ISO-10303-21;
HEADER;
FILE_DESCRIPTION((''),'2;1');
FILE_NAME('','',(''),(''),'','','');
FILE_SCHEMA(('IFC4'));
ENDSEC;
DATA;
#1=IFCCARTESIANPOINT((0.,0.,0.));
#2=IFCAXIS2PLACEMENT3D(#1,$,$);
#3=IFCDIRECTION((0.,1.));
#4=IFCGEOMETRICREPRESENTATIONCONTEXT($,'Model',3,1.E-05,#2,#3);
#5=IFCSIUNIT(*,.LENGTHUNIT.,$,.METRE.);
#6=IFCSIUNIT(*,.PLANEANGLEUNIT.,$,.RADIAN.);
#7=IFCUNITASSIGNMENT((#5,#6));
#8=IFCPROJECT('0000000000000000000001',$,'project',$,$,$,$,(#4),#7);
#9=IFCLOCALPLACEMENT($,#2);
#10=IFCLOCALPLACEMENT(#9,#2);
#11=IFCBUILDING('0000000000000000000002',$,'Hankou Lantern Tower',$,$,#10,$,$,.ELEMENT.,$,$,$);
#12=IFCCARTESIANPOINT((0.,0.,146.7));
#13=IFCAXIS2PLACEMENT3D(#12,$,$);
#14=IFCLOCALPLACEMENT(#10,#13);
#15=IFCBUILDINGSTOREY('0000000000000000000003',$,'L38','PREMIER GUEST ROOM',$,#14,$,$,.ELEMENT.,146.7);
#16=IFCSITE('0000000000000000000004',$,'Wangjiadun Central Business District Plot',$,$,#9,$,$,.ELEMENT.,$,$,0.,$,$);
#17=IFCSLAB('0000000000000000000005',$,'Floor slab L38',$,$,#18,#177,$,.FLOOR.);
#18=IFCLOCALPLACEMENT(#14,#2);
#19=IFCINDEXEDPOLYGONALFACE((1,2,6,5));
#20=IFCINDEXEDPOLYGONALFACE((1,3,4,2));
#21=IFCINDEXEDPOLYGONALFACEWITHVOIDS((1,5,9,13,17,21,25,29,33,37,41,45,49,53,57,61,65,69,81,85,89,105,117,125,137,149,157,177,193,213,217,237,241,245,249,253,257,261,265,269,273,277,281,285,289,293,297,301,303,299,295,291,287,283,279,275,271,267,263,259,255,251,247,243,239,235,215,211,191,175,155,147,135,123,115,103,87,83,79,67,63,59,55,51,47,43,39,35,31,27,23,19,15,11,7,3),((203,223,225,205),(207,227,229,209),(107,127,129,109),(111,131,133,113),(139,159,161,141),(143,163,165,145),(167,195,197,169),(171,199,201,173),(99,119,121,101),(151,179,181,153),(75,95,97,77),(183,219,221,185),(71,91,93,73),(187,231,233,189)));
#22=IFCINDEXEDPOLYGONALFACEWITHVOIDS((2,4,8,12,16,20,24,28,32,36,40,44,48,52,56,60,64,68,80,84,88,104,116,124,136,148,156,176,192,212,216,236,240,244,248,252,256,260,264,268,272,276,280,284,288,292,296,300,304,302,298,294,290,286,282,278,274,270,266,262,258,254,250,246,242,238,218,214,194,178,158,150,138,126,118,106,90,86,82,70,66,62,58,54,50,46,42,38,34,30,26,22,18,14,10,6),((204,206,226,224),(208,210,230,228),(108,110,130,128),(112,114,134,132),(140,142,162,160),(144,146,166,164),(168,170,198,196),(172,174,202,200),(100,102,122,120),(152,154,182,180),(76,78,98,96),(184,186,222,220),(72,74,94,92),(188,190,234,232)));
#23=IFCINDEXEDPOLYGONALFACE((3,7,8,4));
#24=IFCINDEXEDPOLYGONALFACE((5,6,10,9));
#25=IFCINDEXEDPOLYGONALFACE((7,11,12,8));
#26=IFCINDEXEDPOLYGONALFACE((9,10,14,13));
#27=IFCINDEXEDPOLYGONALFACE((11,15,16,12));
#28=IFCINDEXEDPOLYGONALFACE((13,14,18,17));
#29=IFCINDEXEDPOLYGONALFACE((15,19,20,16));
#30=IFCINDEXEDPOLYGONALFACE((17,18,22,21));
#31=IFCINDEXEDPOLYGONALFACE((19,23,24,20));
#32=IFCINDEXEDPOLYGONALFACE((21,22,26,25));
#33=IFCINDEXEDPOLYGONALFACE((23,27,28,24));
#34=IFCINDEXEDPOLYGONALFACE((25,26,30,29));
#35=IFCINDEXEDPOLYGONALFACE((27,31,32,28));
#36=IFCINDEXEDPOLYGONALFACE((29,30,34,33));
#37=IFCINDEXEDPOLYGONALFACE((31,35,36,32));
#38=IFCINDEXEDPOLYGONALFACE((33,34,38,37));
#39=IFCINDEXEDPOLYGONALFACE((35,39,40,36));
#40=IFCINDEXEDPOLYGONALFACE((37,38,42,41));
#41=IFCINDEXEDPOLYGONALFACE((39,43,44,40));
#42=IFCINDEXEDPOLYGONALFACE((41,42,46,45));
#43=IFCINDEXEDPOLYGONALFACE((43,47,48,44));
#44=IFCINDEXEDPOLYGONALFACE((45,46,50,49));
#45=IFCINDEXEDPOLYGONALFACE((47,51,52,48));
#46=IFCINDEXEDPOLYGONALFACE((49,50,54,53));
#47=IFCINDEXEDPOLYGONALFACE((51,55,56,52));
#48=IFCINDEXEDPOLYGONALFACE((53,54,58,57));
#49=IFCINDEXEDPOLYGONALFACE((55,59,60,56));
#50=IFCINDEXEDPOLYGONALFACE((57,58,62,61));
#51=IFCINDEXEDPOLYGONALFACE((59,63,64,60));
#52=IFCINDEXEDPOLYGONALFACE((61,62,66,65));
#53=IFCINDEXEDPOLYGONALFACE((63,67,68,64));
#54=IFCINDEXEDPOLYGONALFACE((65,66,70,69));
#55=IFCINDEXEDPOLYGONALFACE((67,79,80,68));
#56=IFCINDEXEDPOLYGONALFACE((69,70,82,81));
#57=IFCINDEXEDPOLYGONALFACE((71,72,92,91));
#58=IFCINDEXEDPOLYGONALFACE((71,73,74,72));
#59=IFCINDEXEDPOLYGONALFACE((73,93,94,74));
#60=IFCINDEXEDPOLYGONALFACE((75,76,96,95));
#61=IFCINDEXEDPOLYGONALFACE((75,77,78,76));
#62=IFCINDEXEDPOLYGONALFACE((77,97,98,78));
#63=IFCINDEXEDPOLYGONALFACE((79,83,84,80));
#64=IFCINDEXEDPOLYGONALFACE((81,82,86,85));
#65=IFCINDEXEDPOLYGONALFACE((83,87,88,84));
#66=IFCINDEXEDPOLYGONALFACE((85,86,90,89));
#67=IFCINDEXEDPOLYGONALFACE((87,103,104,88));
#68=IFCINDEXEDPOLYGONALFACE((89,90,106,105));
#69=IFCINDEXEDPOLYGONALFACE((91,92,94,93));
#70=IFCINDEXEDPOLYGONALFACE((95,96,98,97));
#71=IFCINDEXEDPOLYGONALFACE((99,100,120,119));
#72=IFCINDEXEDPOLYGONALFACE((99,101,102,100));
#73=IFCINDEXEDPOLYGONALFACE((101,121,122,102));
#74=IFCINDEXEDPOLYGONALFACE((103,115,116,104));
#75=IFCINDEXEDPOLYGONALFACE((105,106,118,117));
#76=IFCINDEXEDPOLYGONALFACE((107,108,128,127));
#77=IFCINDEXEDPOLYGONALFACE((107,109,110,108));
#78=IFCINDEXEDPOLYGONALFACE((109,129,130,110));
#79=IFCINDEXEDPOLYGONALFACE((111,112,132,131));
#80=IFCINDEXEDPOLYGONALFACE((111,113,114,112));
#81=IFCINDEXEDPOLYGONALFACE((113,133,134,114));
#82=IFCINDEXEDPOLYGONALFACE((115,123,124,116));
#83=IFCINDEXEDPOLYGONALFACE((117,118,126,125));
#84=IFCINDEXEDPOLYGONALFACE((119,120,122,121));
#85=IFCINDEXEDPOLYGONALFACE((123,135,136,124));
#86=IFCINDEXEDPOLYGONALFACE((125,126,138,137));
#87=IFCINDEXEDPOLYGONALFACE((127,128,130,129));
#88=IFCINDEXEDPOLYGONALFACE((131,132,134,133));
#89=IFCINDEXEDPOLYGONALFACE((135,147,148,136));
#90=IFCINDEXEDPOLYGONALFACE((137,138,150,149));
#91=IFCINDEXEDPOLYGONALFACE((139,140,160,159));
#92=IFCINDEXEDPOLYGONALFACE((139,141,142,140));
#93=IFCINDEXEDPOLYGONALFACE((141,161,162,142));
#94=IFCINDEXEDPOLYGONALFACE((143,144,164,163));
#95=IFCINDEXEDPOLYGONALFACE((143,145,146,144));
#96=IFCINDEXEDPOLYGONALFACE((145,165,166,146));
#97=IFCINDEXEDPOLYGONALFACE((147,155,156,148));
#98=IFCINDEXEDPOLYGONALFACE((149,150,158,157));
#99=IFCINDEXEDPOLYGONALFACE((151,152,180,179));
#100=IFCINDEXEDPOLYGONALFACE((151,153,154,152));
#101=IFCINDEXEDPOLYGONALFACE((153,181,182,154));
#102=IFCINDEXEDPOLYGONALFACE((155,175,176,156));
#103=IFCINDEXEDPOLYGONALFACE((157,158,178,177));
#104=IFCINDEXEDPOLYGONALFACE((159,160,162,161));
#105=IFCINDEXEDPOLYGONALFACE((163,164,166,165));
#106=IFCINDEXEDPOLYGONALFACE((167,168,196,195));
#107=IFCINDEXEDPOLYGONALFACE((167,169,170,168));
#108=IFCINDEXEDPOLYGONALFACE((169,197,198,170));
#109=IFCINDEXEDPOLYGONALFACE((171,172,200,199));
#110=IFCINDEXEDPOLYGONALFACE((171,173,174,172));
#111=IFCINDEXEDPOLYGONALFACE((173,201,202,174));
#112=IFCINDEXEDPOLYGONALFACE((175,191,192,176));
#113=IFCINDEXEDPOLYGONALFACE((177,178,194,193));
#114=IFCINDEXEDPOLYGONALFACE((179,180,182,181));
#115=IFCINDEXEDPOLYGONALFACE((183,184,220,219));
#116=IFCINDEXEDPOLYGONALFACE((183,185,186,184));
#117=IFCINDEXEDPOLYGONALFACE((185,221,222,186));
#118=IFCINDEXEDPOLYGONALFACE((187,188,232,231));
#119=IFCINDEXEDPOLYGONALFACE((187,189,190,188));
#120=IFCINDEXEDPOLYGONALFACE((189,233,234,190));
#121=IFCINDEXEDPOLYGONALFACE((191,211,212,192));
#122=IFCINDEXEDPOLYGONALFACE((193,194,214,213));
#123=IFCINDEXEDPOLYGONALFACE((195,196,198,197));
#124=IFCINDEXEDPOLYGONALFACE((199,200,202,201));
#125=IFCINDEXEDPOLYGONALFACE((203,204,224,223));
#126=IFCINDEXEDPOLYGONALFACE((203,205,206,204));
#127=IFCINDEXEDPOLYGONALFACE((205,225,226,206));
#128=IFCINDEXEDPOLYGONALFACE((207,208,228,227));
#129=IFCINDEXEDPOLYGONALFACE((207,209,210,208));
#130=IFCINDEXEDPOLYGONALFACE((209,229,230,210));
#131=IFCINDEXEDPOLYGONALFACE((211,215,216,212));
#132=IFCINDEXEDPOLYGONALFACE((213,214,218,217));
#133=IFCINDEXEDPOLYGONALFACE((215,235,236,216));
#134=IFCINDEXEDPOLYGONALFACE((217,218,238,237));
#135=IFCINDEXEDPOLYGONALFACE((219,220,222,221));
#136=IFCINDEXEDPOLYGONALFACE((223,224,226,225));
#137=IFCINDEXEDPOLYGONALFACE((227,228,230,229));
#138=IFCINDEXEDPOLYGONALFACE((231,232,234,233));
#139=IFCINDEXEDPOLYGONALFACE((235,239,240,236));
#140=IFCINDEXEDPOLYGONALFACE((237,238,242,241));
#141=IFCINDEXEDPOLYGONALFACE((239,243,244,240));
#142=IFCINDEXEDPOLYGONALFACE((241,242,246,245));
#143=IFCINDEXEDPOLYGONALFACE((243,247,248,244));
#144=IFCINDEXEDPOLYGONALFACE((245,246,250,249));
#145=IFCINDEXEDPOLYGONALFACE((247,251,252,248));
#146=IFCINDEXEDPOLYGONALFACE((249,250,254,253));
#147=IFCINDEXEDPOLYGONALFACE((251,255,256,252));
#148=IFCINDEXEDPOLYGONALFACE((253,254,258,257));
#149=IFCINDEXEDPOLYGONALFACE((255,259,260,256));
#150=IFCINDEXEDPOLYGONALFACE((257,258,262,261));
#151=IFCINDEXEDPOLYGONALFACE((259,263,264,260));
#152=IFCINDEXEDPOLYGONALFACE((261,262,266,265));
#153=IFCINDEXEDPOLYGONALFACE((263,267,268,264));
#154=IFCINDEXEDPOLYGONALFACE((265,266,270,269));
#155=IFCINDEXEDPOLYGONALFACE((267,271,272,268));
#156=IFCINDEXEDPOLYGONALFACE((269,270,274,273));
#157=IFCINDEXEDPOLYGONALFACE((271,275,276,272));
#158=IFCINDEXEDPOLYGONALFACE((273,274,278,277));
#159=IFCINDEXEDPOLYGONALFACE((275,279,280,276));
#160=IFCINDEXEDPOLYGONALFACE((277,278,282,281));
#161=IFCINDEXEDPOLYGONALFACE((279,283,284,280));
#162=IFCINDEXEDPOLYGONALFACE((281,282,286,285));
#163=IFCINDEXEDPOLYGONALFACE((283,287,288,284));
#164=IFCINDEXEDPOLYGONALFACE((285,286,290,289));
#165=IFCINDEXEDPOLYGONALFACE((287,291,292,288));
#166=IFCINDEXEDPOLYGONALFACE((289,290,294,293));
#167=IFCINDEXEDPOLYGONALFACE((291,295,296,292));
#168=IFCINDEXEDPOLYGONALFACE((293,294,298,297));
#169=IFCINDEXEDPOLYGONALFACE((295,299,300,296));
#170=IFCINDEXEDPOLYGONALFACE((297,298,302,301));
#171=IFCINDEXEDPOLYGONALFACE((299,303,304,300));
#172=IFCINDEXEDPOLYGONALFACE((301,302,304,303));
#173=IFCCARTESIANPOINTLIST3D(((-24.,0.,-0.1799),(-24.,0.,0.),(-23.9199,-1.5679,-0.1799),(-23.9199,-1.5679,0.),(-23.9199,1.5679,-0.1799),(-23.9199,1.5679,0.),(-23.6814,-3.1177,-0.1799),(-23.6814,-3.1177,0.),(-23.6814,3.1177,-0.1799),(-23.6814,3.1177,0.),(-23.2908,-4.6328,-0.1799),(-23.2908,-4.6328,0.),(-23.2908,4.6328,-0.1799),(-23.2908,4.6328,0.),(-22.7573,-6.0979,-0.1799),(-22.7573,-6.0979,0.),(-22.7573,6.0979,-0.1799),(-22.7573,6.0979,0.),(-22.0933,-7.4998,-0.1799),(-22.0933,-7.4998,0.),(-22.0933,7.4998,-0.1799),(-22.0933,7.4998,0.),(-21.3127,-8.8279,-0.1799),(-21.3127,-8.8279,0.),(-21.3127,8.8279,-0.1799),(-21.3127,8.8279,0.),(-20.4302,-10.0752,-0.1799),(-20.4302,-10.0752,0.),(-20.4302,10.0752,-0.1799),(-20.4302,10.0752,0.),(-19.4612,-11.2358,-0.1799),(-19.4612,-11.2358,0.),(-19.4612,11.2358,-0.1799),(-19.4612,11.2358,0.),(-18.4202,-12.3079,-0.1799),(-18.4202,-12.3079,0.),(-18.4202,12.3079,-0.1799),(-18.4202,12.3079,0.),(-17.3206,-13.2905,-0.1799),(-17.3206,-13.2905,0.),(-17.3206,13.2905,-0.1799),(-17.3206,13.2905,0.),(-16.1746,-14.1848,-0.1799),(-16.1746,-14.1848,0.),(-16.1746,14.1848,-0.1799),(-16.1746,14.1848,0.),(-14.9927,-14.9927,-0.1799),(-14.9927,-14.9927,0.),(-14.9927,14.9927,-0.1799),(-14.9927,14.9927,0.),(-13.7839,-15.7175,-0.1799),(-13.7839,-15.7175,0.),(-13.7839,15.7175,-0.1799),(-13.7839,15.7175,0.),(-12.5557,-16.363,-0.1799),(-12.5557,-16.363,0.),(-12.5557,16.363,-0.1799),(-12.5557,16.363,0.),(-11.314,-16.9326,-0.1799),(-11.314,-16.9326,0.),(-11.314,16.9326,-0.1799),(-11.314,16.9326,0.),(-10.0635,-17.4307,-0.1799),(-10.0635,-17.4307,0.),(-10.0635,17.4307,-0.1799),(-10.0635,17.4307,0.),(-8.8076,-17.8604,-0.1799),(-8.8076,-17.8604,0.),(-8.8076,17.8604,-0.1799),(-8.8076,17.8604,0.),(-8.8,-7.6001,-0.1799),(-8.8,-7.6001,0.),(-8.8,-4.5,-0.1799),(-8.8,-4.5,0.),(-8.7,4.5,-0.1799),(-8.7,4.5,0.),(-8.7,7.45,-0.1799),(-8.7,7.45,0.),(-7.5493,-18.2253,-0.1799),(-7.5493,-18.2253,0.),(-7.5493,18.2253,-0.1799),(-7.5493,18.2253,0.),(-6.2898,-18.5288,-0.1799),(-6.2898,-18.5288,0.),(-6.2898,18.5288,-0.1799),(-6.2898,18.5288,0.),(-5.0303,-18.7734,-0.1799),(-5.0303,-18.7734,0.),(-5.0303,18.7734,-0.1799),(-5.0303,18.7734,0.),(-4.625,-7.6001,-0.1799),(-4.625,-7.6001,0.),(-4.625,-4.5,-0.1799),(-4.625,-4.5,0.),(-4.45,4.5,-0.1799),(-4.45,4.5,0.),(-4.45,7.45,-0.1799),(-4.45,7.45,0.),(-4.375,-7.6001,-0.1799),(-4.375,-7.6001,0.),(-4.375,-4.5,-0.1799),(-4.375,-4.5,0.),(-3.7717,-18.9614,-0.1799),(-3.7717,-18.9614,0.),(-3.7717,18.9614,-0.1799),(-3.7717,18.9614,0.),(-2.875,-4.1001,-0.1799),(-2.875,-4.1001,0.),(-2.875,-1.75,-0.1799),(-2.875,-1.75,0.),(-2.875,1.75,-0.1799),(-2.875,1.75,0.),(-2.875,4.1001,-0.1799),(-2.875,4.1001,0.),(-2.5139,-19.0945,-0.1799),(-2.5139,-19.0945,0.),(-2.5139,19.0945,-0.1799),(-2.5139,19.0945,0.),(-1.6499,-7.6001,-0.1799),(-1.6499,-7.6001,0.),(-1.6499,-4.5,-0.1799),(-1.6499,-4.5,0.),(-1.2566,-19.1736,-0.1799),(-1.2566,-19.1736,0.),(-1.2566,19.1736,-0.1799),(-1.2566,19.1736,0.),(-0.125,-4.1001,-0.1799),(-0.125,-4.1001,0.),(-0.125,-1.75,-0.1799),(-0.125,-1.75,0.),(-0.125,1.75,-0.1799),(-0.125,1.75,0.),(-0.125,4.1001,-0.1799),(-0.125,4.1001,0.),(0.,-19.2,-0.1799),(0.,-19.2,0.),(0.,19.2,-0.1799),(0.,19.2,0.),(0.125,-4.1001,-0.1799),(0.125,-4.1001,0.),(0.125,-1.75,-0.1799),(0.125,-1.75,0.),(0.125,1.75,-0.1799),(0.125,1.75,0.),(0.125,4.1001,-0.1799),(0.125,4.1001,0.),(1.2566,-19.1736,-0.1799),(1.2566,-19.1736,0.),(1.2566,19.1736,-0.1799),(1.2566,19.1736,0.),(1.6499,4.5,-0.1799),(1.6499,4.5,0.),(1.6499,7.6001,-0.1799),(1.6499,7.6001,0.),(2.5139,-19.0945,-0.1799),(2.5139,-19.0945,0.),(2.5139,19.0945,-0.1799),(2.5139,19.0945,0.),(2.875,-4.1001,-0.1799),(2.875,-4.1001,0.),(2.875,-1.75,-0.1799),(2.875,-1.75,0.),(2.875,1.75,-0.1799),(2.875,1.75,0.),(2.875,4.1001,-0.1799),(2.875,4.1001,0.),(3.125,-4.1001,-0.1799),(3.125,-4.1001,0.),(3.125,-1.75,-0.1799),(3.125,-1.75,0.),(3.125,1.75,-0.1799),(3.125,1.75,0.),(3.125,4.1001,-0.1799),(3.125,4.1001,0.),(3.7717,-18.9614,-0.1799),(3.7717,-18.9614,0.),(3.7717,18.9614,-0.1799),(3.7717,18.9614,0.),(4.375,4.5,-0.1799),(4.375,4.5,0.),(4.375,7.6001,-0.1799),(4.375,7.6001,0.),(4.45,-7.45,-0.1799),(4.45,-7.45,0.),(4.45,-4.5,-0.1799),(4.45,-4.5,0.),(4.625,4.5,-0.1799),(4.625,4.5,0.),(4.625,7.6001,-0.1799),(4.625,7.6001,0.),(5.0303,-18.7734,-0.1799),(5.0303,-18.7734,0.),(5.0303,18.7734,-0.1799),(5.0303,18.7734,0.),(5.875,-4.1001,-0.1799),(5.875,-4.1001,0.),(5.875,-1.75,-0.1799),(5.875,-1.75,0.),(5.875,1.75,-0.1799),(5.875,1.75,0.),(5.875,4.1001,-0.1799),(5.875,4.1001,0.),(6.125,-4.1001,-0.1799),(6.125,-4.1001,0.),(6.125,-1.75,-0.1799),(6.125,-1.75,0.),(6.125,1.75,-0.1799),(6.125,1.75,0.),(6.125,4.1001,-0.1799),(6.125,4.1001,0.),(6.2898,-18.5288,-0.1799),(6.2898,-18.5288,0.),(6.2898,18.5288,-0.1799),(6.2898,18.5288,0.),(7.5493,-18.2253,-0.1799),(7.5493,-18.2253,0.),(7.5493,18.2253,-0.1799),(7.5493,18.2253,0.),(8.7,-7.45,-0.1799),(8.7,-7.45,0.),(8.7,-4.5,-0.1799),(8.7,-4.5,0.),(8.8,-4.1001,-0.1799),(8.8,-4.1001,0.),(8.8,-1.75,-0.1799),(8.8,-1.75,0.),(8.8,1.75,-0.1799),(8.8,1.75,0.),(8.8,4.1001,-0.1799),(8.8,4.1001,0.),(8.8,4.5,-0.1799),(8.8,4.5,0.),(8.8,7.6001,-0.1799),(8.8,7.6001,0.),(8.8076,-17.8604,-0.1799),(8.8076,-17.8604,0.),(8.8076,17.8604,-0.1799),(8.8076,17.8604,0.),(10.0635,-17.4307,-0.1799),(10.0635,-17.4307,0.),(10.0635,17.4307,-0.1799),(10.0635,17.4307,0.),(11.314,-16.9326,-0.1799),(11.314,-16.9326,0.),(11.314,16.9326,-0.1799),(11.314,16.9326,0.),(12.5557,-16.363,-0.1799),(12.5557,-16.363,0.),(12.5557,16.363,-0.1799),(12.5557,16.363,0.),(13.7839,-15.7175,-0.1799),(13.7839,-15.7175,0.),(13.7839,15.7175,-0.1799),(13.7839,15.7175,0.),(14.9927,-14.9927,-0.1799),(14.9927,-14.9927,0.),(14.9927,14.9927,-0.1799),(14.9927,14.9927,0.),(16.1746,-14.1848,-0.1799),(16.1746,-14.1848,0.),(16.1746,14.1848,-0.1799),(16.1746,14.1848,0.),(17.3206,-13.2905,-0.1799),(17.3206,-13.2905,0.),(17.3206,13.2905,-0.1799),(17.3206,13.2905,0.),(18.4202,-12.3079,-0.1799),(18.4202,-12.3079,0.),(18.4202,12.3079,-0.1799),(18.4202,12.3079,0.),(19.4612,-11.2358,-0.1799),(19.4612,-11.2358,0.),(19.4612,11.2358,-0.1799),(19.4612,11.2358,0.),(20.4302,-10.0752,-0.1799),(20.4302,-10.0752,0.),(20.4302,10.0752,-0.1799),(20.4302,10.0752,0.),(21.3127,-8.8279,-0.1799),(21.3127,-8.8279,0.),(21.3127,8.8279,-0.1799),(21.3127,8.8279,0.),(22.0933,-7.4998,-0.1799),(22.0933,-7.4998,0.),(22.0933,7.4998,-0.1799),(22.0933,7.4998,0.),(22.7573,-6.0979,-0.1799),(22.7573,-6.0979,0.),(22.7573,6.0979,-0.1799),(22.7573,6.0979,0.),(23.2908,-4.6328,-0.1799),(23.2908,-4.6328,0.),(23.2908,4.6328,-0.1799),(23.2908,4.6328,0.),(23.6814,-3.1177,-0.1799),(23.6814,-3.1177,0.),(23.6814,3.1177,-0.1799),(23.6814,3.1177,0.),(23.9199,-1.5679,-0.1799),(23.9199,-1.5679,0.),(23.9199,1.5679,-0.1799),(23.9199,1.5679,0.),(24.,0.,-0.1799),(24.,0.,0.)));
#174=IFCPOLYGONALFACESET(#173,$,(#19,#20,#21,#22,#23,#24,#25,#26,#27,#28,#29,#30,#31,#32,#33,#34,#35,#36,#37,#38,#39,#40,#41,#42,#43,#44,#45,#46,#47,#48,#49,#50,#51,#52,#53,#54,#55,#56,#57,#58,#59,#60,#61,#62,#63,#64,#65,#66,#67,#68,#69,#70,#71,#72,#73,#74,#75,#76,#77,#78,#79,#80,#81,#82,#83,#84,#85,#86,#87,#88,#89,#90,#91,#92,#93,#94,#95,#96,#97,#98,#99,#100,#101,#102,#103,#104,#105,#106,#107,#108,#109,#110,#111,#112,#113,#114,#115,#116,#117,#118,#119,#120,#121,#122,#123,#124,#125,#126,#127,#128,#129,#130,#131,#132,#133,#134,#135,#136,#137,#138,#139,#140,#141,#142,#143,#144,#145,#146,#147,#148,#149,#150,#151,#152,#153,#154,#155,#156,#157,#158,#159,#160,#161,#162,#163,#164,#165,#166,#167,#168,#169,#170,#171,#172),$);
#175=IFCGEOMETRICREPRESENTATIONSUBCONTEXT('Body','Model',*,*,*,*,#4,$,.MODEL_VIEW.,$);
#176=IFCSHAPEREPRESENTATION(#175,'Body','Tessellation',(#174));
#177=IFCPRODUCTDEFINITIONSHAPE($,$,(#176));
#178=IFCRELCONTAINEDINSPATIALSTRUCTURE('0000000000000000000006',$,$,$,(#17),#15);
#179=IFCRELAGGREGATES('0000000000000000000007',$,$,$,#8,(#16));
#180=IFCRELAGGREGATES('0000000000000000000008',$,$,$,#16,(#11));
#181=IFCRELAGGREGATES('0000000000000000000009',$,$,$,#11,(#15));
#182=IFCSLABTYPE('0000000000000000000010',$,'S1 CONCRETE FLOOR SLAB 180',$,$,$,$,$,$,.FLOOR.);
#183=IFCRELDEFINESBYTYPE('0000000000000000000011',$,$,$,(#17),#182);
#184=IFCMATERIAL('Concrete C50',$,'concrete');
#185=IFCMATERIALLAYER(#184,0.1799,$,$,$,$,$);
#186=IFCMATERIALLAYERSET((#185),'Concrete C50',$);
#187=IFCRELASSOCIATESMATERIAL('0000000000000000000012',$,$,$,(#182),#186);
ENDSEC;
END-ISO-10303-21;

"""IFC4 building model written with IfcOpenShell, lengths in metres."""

from ifc_helpers import new_model, si_unit, direction, frame, origin, place, context, subcontext, project, spatial, polyline, outline, extrude, material, layer, layer_set, type_object, element, save


model = new_model("IFC4")

# Units and contexts
model_context = context("Model", 3, precision=1e-05, world=origin(), true_north=direction((0.0, 1.0)))
body_context = subcontext(model_context, "Body", "Model", "MODEL_VIEW")
ifc_project = project(units=[si_unit("LENGTHUNIT", "METRE"), si_unit("PLANEANGLEUNIT", "RADIAN")], contexts=[model_context])

# Site, building, storey
site_placement = place(None, origin())
site = spatial("IfcSite", under=ifc_project, at=site_placement, Name="Wangjiadun Central Business District Plot", CompositionType="ELEMENT", RefElevation=0.0)
building_placement = place(site_placement, origin())
building = spatial("IfcBuilding", under=site, at=building_placement, Name="Hankou Lantern Tower", CompositionType="ELEMENT")
storey_placement = place(building_placement, frame((0.0, 0.0, 146.7)))
storey = spatial("IfcBuildingStorey", under=building, at=storey_placement, Name="L38", Description="PREMIER GUEST ROOM", CompositionType="ELEMENT", Elevation=146.7)

# Slab
ifc_material_1 = material(Name="Concrete C50", Category="concrete")
ifc_layer_1 = layer(ifc_material_1, 0.1799)
ifc_layer_set_1 = layer_set([ifc_layer_1], Name="Concrete C50")
slab_type = type_object("IfcSlabType", Name="S1 CONCRETE FLOOR SLAB 180", PredefinedType="FLOOR", material=ifc_layer_set_1)
slab_placement = place(storey_placement, frame((0.0, 0.0, -0.1799)))
element("IfcSlab", 1, at=slab_placement, inside=storey, type_object=slab_type, Name="Floor slab L38", PredefinedType="FLOOR", context=body_context, shape_type="SweptSolid", body=[
    extrude(outline(polyline([(24.0, 0.0), (23.9199, 1.5679), (23.6814, 3.1177), (23.2908, 4.6328), (22.7573, 6.0979), (22.0933, 7.4998), (21.3127, 8.8279), (20.4302, 10.0752), (19.4612, 11.2358), (18.4202, 12.3079), (17.3206, 13.2905), (16.1746, 14.1848), (14.9927, 14.9927), (13.7839, 15.7175), (12.5557, 16.363), (11.314, 16.9326), (10.0635, 17.4307), (8.8076, 17.8604), (7.5493, 18.2253), (6.2898, 18.5288), (5.0303, 18.7734), (3.7717, 18.9614), (2.5139, 19.0945), (1.2566, 19.1736), (0.0, 19.2), (-1.2566, 19.1736), (-2.5139, 19.0945), (-3.7717, 18.9614), (-5.0303, 18.7734), (-6.2898, 18.5288), (-7.5493, 18.2253), (-8.8076, 17.8604), (-10.0635, 17.4307), (-11.314, 16.9326), (-12.5557, 16.363), (-13.7839, 15.7175), (-14.9927, 14.9927), (-16.1746, 14.1848), (-17.3206, 13.2905), (-18.4202, 12.3079), (-19.4612, 11.2358), (-20.4302, 10.0752), (-21.3127, 8.8279), (-22.0933, 7.4998), (-22.7573, 6.0979), (-23.2908, 4.6328), (-23.6814, 3.1177), (-23.9199, 1.5679), (-24.0, 0.0), (-23.9199, -1.5679), (-23.6814, -3.1177), (-23.2908, -4.6328), (-22.7573, -6.0979), (-22.0933, -7.4998), (-21.3127, -8.8279), (-20.4302, -10.0752), (-19.4612, -11.2358), (-18.4202, -12.3079), (-17.3206, -13.2905), (-16.1746, -14.1848), (-14.9927, -14.9927), (-13.7839, -15.7175), (-12.5557, -16.363), (-11.314, -16.9326), (-10.0635, -17.4307), (-8.8076, -17.8604), (-7.5493, -18.2253), (-6.2898, -18.5288), (-5.0303, -18.7734), (-3.7717, -18.9614), (-2.5139, -19.0945), (-1.2566, -19.1736), (0.0, -19.2), (1.2566, -19.1736), (2.5139, -19.0945), (3.7717, -18.9614), (5.0303, -18.7734), (6.2898, -18.5288), (7.5493, -18.2253), (8.8076, -17.8604), (10.0635, -17.4307), (11.314, -16.9326), (12.5557, -16.363), (13.7839, -15.7175), (14.9927, -14.9927), (16.1746, -14.1848), (17.3206, -13.2905), (18.4202, -12.3079), (19.4612, -11.2358), (20.4302, -10.0752), (21.3127, -8.8279), (22.0933, -7.4998), (22.7573, -6.0979), (23.2908, -4.6328), (23.6814, -3.1177), (23.9199, -1.5679), (24.0, 0.0)]), holes=[polyline([(-2.875, 4.1001), (-0.125, 4.1001), (-0.125, 1.75), (-2.875, 1.75), (-2.875, 4.1001)]), polyline([(0.125, 4.1001), (2.875, 4.1001), (2.875, 1.75), (0.125, 1.75), (0.125, 4.1001)]), polyline([(3.125, 4.1001), (5.875, 4.1001), (5.875, 1.75), (3.125, 1.75), (3.125, 4.1001)]), polyline([(6.125, 4.1001), (8.8, 4.1001), (8.8, 1.75), (6.125, 1.75), (6.125, 4.1001)]), polyline([(-2.875, -1.75), (-0.125, -1.75), (-0.125, -4.1001), (-2.875, -4.1001), (-2.875, -1.75)]), polyline([(0.125, -1.75), (2.875, -1.75), (2.875, -4.1001), (0.125, -4.1001), (0.125, -1.75)]), polyline([(3.125, -1.75), (5.875, -1.75), (5.875, -4.1001), (3.125, -4.1001), (3.125, -1.75)]), polyline([(6.125, -1.75), (8.8, -1.75), (8.8, -4.1001), (6.125, -4.1001), (6.125, -1.75)]), polyline([(1.6499, 7.6001), (4.375, 7.6001), (4.375, 4.5), (1.6499, 4.5), (1.6499, 7.6001)]), polyline([(-4.375, -4.5), (-1.6499, -4.5), (-1.6499, -7.6001), (-4.375, -7.6001), (-4.375, -4.5)]), polyline([(-8.7, 7.45), (-4.45, 7.45), (-4.45, 4.5), (-8.7, 4.5), (-8.7, 7.45)]), polyline([(4.45, -4.5), (8.7, -4.5), (8.7, -7.45), (4.45, -7.45), (4.45, -4.5)]), polyline([(4.625, 7.6001), (8.8, 7.6001), (8.8, 4.5), (4.625, 4.5), (4.625, 7.6001)]), polyline([(-8.8, -4.5), (-4.625, -4.5), (-4.625, -7.6001), (-8.8, -7.6001), (-8.8, -4.5)])]), origin(), (0.0, 0.0, 1.0), 0.1799),
])

save(model, "model.ifc")
